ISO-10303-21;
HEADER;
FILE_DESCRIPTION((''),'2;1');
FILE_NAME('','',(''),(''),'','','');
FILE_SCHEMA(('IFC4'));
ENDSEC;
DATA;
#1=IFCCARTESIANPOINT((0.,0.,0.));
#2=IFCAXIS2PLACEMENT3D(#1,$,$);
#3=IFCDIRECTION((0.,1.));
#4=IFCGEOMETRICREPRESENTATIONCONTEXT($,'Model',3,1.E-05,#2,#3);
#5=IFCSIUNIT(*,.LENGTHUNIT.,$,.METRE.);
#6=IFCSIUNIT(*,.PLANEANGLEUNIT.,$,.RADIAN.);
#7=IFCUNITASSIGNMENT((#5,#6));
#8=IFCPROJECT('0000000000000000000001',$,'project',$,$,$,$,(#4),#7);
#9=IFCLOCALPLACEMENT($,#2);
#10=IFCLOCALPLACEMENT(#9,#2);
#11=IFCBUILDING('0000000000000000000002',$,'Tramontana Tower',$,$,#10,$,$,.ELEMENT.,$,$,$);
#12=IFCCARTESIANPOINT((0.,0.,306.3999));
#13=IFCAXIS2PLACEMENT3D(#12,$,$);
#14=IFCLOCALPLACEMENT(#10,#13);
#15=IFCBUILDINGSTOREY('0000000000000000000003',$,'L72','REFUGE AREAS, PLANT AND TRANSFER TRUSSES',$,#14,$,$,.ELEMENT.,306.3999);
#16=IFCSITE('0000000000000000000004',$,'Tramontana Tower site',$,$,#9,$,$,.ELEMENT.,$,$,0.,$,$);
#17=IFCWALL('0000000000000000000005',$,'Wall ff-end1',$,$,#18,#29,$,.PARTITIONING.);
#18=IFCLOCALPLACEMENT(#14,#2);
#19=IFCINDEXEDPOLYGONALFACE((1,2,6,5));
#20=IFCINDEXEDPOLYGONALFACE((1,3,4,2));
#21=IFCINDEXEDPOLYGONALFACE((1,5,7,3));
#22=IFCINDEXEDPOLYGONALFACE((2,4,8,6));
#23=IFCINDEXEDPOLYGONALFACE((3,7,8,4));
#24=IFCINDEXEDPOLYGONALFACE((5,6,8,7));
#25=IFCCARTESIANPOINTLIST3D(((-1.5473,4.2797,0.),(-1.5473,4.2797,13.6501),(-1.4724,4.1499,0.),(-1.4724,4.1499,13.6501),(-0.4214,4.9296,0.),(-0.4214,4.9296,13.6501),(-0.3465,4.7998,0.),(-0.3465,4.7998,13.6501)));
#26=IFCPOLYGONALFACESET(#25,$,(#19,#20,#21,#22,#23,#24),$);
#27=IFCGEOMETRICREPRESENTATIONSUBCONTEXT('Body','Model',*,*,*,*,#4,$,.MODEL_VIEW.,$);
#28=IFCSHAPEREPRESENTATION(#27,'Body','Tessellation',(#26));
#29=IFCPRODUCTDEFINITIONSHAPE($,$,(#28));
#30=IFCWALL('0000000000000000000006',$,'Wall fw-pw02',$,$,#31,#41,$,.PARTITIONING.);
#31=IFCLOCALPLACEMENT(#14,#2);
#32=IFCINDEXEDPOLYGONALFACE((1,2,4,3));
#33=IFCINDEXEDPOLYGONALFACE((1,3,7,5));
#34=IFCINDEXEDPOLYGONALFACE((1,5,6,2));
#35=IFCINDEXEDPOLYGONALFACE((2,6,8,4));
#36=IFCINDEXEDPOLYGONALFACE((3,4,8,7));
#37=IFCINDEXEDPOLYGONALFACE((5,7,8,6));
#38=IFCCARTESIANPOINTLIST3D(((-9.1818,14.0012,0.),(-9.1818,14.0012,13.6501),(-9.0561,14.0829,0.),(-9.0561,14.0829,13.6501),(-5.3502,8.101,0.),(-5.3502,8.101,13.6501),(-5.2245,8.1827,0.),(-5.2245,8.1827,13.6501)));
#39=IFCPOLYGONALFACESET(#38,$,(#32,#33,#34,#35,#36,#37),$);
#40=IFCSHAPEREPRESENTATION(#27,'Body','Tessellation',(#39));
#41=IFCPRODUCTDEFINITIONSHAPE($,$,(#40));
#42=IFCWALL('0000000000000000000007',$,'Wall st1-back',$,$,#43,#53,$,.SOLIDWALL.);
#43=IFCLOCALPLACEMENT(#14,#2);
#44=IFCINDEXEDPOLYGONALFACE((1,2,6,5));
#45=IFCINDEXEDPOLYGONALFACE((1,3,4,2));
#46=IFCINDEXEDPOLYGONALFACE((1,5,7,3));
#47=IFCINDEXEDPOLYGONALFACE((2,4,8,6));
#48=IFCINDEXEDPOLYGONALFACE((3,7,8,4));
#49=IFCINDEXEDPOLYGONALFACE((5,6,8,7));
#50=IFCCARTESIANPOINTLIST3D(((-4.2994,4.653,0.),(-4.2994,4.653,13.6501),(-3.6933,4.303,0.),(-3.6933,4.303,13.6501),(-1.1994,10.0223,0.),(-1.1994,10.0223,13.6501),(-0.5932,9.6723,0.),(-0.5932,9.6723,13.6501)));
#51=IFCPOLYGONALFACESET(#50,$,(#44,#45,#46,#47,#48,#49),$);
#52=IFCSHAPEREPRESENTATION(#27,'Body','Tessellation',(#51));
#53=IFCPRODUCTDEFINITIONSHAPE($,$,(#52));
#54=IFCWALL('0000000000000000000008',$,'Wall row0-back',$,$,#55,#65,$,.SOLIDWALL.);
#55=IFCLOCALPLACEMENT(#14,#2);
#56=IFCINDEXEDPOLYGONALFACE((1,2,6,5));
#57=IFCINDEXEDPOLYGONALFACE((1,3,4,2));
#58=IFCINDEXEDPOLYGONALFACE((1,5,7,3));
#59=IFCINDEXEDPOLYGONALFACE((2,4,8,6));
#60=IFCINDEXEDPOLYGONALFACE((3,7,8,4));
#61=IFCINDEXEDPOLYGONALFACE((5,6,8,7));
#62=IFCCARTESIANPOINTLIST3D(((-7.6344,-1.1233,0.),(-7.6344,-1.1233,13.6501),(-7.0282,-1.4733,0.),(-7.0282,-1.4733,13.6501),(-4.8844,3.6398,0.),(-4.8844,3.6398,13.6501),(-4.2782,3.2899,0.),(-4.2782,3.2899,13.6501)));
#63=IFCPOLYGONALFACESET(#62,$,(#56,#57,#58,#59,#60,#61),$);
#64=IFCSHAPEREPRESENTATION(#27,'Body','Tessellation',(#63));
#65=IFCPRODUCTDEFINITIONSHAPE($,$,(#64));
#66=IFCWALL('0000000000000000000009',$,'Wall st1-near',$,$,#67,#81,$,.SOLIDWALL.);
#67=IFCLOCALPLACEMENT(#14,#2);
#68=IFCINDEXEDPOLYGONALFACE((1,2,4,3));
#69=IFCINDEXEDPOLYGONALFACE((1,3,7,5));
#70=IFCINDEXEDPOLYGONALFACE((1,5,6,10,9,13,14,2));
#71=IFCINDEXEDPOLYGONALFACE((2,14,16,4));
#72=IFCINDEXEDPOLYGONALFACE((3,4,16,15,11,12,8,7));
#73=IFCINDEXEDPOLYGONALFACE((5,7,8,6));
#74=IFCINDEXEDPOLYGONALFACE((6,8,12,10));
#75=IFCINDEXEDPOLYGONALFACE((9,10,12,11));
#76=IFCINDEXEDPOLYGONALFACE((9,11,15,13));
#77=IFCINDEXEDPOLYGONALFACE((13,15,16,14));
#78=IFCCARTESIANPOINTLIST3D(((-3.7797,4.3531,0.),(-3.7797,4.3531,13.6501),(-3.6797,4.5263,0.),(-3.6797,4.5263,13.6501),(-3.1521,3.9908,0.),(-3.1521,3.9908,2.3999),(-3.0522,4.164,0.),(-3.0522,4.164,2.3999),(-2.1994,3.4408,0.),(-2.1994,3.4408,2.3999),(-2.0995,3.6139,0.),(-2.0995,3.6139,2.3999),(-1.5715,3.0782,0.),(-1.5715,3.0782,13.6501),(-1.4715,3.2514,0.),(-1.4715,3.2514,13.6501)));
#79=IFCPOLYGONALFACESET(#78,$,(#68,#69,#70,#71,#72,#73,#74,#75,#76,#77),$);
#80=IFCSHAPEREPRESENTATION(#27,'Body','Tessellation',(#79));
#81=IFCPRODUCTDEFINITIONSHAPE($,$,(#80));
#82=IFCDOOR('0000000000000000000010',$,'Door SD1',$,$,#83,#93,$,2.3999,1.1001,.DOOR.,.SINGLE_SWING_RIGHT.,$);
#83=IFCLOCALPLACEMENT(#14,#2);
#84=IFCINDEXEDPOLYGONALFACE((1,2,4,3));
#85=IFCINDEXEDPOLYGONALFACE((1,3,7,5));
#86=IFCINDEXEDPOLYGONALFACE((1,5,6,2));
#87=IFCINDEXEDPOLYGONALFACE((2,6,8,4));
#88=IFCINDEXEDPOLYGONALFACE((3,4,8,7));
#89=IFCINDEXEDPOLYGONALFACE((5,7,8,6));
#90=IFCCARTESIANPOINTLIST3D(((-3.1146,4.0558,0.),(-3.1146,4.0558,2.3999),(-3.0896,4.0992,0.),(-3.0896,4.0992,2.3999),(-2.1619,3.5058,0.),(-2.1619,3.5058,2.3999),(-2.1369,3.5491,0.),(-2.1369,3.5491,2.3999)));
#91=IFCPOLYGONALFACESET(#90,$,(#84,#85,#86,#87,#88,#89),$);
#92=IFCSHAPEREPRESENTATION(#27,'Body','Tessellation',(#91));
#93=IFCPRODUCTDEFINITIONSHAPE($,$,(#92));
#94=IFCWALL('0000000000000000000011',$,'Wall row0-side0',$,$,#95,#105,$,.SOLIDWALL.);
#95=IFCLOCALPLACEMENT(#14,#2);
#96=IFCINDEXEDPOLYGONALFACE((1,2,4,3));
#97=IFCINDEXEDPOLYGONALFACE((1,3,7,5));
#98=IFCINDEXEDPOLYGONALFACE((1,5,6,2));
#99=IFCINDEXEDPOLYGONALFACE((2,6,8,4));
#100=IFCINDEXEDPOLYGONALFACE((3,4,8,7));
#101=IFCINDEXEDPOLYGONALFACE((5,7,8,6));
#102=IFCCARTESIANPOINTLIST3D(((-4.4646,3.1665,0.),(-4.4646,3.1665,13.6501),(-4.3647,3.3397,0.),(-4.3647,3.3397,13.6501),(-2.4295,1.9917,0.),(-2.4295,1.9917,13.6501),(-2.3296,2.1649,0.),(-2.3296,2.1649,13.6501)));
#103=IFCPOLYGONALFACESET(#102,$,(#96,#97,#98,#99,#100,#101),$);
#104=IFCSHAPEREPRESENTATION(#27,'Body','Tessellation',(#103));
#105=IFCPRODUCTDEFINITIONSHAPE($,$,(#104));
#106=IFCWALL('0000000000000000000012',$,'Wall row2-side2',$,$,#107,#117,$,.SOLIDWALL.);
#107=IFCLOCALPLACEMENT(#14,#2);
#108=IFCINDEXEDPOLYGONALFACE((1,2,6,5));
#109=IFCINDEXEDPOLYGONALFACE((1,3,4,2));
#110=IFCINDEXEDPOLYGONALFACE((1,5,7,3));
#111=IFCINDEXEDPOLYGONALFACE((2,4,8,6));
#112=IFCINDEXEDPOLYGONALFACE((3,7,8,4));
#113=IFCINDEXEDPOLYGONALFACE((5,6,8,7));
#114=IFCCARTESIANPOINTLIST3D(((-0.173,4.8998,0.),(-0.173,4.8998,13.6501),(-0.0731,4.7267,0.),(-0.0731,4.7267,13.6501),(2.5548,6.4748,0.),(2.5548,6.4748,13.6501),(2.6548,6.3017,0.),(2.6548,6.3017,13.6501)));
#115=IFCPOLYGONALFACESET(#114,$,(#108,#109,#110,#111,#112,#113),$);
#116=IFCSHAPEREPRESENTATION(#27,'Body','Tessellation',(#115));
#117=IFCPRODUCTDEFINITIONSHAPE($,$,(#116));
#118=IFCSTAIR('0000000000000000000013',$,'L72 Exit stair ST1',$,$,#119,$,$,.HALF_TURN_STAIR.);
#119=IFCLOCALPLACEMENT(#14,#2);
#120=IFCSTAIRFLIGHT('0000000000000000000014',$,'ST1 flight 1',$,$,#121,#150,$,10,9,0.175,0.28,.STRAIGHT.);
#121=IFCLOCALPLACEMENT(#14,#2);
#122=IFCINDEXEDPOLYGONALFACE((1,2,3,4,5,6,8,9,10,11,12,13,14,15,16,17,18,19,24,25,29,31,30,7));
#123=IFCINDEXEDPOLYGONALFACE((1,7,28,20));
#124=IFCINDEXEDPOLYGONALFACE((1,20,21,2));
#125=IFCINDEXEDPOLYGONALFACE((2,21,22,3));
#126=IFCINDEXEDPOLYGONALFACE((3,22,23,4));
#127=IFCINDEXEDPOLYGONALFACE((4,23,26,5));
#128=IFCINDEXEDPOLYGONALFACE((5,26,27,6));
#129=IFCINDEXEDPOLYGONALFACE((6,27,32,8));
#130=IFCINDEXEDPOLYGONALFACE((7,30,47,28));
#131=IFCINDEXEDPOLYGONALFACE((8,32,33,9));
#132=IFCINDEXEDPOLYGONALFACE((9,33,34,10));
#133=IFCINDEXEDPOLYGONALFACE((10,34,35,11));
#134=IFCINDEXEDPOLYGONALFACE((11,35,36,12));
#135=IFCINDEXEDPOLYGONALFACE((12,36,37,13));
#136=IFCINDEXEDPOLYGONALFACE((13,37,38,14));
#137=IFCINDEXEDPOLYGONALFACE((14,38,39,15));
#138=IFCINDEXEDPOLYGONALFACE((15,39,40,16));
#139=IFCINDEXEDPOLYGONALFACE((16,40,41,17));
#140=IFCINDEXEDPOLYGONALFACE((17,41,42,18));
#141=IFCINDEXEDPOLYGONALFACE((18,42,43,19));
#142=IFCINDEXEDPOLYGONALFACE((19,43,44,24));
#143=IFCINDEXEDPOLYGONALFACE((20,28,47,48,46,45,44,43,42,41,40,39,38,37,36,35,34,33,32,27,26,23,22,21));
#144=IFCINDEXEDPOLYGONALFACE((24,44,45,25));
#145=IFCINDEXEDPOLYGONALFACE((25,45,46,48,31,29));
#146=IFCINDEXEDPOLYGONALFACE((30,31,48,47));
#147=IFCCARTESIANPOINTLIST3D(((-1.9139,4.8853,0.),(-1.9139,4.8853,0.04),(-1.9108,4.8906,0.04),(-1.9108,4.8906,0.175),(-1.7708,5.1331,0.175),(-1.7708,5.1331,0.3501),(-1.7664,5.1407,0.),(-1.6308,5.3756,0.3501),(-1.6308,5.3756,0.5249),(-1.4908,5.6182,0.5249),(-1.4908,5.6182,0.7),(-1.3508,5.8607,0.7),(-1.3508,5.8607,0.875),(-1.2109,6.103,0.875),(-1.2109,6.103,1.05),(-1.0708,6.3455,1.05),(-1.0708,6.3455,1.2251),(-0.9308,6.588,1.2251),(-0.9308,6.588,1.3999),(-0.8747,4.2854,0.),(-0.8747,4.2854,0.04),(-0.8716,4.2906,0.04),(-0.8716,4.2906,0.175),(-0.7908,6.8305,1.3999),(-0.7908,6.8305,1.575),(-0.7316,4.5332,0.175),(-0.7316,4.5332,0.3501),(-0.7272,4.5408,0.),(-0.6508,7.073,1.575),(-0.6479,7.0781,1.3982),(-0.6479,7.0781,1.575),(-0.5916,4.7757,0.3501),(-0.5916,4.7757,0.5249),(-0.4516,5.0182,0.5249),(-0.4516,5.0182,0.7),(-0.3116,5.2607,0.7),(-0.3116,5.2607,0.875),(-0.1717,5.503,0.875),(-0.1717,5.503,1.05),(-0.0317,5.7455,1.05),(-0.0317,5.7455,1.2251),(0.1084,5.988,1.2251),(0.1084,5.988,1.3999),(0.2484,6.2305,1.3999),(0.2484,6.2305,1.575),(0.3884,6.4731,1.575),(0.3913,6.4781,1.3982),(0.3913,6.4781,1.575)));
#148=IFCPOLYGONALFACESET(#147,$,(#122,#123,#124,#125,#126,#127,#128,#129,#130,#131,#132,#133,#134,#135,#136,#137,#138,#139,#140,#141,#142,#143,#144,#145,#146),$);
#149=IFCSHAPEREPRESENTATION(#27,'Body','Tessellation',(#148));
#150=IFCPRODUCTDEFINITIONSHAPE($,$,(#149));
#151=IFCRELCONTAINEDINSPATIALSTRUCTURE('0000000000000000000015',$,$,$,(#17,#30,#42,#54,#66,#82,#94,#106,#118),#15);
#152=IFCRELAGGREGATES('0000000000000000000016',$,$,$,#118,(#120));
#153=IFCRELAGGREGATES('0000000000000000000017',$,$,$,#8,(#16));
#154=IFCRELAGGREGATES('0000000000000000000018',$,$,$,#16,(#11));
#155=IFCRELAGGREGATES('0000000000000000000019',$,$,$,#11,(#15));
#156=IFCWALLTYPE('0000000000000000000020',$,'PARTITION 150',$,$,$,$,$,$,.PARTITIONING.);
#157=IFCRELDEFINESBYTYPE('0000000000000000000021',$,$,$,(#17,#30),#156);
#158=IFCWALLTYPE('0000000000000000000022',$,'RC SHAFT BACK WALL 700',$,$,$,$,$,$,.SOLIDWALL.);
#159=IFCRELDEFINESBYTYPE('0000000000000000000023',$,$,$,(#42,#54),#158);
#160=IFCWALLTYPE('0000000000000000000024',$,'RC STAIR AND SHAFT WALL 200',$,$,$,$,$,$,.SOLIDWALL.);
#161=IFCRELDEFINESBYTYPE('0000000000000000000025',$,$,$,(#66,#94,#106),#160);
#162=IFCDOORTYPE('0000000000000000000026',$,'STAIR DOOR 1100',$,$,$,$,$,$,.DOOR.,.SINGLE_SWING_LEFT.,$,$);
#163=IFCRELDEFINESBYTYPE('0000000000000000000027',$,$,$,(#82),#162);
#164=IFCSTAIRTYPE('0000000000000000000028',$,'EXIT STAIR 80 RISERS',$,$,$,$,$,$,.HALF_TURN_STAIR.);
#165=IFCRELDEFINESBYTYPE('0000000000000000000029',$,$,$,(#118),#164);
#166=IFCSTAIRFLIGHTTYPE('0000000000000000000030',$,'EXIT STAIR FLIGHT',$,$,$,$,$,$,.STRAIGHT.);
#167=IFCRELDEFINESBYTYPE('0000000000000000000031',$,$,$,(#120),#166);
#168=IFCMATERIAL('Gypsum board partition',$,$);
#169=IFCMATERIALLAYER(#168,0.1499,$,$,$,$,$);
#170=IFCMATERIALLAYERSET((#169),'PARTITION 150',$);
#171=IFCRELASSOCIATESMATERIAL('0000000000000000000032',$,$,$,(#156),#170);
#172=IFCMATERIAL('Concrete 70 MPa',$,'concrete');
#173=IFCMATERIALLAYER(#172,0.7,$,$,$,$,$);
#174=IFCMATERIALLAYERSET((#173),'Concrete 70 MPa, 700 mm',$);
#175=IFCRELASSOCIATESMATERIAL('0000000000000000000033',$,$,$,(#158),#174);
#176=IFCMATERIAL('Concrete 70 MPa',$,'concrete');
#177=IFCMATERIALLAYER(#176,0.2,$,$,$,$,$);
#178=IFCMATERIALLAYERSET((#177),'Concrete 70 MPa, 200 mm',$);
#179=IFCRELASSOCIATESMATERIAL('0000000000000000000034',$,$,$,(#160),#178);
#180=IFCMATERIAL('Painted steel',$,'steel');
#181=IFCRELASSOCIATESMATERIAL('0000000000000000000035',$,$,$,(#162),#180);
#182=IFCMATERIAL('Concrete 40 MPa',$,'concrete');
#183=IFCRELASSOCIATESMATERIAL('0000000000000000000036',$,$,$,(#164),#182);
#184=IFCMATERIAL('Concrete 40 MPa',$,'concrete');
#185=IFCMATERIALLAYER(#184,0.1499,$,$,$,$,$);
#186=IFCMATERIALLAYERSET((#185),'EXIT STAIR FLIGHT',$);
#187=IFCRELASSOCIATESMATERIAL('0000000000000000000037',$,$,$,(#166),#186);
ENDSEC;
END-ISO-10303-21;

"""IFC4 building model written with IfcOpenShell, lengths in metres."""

from ifc_helpers import new_model, si_unit, direction, frame, frame_2d, origin, place, context, subcontext, project, spatial, polyline, rectangle, outline, extrude, material, layer, layer_set, type_object, element, fill, aggregate, save


model = new_model("IFC4")

# Units and contexts
model_context = context("Model", 3, precision=1e-05, world=origin(), true_north=direction((0.0, 1.0)))
body_context = subcontext(model_context, "Body", "Model", "MODEL_VIEW")
ifc_project = project(units=[si_unit("LENGTHUNIT", "METRE"), si_unit("PLANEANGLEUNIT", "RADIAN")], contexts=[model_context])

# Site, building, storey
site_placement = place(None, origin())
site = spatial("IfcSite", under=ifc_project, at=site_placement, Name="Tramontana Tower site", CompositionType="ELEMENT", RefElevation=0.0)
building_placement = place(site_placement, origin())
building = spatial("IfcBuilding", under=site, at=building_placement, Name="Tramontana Tower", CompositionType="ELEMENT")
storey_placement = place(building_placement, frame((0.0, 0.0, 306.3999)))
storey = spatial("IfcBuildingStorey", under=building, at=storey_placement, Name="L72", Description="REFUGE AREAS, PLANT AND TRANSFER TRUSSES", CompositionType="ELEMENT", Elevation=306.3999)

# Walls
ifc_material_1 = material(Name="Gypsum board partition")
ifc_layer_1 = layer(ifc_material_1, 0.1499)
ifc_layer_set_1 = layer_set([ifc_layer_1], Name="PARTITION 150")
wall_type_1 = type_object("IfcWallType", Name="PARTITION 150", PredefinedType="PARTITIONING", material=ifc_layer_set_1)
wall_1_placement = place(storey_placement, frame((-1.5098, 4.2148, 0.0), z_axis=(0.0, 0.0, 1.0), x_axis=(0.866086, 0.499896, 0.0)))
element("IfcWall", 1, at=wall_1_placement, inside=storey, type_object=wall_type_1, Name="Wall ff-end1", PredefinedType="PARTITIONING", context=body_context, shape_type="SweptSolid", body=[
    extrude(rectangle(XDim=1.3, YDim=0.1499, at=frame_2d((0.6499, 0.0))), origin(), (0.0, 0.0, 1.0), 13.6501),
])
wall_2_placement = place(storey_placement, frame((-5.2874, 8.1418, 0.0), z_axis=(0.0, 0.0, 1.0), x_axis=(-0.544633, 0.838674, 0.0)))
element("IfcWall", 2, at=wall_2_placement, inside=storey, type_object=wall_type_1, Name="Wall fw-pw02", PredefinedType="PARTITIONING", context=body_context, shape_type="SweptSolid", body=[
    extrude(rectangle(XDim=7.0352, YDim=0.1499, at=frame_2d((3.5176, 0.0))), origin(), (0.0, 0.0, 1.0), 13.6501),
])
ifc_material_2 = material(Name="Concrete 70 MPa", Category="concrete")
ifc_layer_2 = layer(ifc_material_2, 0.7)
ifc_layer_set_2 = layer_set([ifc_layer_2], Name="Concrete 70 MPa, 700 mm")
wall_type_2 = type_object("IfcWallType", Name="RC SHAFT BACK WALL 700", PredefinedType="SOLIDWALL", material=ifc_layer_set_2)
wall_3_placement = place(storey_placement, frame((-0.8962, 9.8474, 0.0), z_axis=(0.0, 0.0, 1.0), x_axis=(-0.50001, -0.86602, 0.0)))
element("IfcWall", 3, at=wall_3_placement, inside=storey, type_object=wall_type_2, Name="Wall st1-back", PredefinedType="SOLIDWALL", context=body_context, shape_type="SweptSolid", body=[
    extrude(rectangle(XDim=6.2, YDim=0.7, at=frame_2d((3.1001, 0.0))), origin(), (0.0, 0.0, 1.0), 13.6501),
])
wall_4_placement = place(storey_placement, frame((-4.5813, 3.4648, 0.0), z_axis=(0.0, 0.0, 1.0), x_axis=(-0.499997, -0.866027, 0.0)))
element("IfcWall", 4, at=wall_4_placement, inside=storey, type_object=wall_type_2, Name="Wall row0-back", PredefinedType="SOLIDWALL", context=body_context, shape_type="SweptSolid", body=[
    extrude(rectangle(XDim=5.5, YDim=0.7, at=frame_2d((2.75, 0.0))), origin(), (0.0, 0.0, 1.0), 13.6501),
])

# Wall, opening, door
ifc_material_3 = material(Name="Concrete 70 MPa", Category="concrete")
ifc_layer_3 = layer(ifc_material_3, 0.2)
ifc_layer_set_3 = layer_set([ifc_layer_3], Name="Concrete 70 MPa, 200 mm")
wall_type_3 = type_object("IfcWallType", Name="RC STAIR AND SHAFT WALL 200", PredefinedType="SOLIDWALL", material=ifc_layer_set_3)
wall_5_placement = place(storey_placement, frame((-1.5215, 3.1648, 0.0), z_axis=(0.0, 0.0, 1.0), x_axis=(-0.866031, 0.49999, 0.0)))
wall_5 = element("IfcWall", 5, at=wall_5_placement, inside=storey, type_object=wall_type_3, Name="Wall st1-near", PredefinedType="SOLIDWALL", context=body_context, shape_type="SweptSolid", body=[
    extrude(rectangle(XDim=2.5498, YDim=0.2, at=frame_2d((1.2749, 0.0))), origin(), (0.0, 0.0, 1.0), 13.6501),
])
opening_1_placement = place(wall_5_placement, frame((0.7251, 0.0, 0.0)))
opening_1 = element("IfcOpeningElement", 6, at=opening_1_placement, cuts=wall_5, PredefinedType="OPENING", context=body_context, shape_type="SweptSolid", body=[
    extrude(rectangle(XDim=1.1001, YDim=2.3999, at=frame_2d((0.55, 1.2))), frame((0.0, 0.1099, 0.0), z_axis=(0.0, -1.0, 0.0), x_axis=(1.0, 0.0, 0.0)), (0.0, 0.0, 1.0), 0.22),
])
ifc_material_4 = material(Name="Painted steel", Category="steel")
door_type_1 = type_object("IfcDoorType", Name="STAIR DOOR 1100", OperationType="SINGLE_SWING_LEFT", PredefinedType="DOOR", material=ifc_material_4)
door_1_placement = place(opening_1_placement, origin())
door_1 = element("IfcDoor", 7, at=door_1_placement, inside=storey, type_object=door_type_1, Name="Door SD1", OperationType="SINGLE_SWING_RIGHT", OverallHeight=2.3999, OverallWidth=1.1001, PredefinedType="DOOR", context=body_context, shape_type="SweptSolid", body=[
    extrude(rectangle(XDim=1.1001, YDim=2.3999, at=frame_2d((0.55, 1.2))), frame((0.0, 0.0249, 0.0), z_axis=(0.0, -1.0, 0.0), x_axis=(1.0, 0.0, 0.0)), (0.0, 0.0, 1.0), 0.05),
])
fill(opening_1, door_1)

# Walls
wall_6_placement = place(storey_placement, frame((-2.3796, 2.0784, 0.0), z_axis=(0.0, 0.0, 1.0), x_axis=(-0.866061, 0.499938, 0.0)))
element("IfcWall", 8, at=wall_6_placement, inside=storey, type_object=wall_type_3, Name="Wall row0-side0", PredefinedType="SOLIDWALL", context=body_context, shape_type="SweptSolid", body=[
    extrude(rectangle(XDim=2.3499, YDim=0.2, at=frame_2d((1.1748, 0.0))), origin(), (0.0, 0.0, 1.0), 13.6501),
])
wall_7_placement = place(storey_placement, frame((-0.123, 4.8132, 0.0), z_axis=(0.0, 0.0, 1.0), x_axis=(0.866016, 0.500015, 0.0)))
element("IfcWall", 9, at=wall_7_placement, inside=storey, type_object=wall_type_3, Name="Wall row2-side2", PredefinedType="SOLIDWALL", context=body_context, shape_type="SweptSolid", body=[
    extrude(rectangle(XDim=3.1499, YDim=0.2, at=frame_2d((1.575, 0.0))), origin(), (0.0, 0.0, 1.0), 13.6501),
])

# Stair, stair flight
ifc_material_5 = material(Name="Concrete 40 MPa", Category="concrete")
stair_type = type_object("IfcStairType", Name="EXIT STAIR 80 RISERS", PredefinedType="HALF_TURN_STAIR", material=ifc_material_5)
stair_placement = place(storey_placement, origin())
stair = element("IfcStair", 10, at=stair_placement, inside=storey, type_object=stair_type, Name="L72 Exit stair ST1", PredefinedType="HALF_TURN_STAIR")
ifc_material_6 = material(Name="Concrete 40 MPa", Category="concrete")
ifc_layer_4 = layer(ifc_material_6, 0.1499)
ifc_layer_set_4 = layer_set([ifc_layer_4], Name="EXIT STAIR FLIGHT")
stair_flight_type = type_object("IfcStairFlightType", Name="EXIT STAIR FLIGHT", PredefinedType="STRAIGHT", material=ifc_layer_set_4)
stair_flight_1_placement = place(storey_placement, frame((-1.3911, 4.5906, 0.0), z_axis=(0.0, 0.0, 1.0), x_axis=(0.5, 0.866025, 0.0)))
stair_flight_1 = element("IfcStairFlight", 11, at=stair_flight_1_placement, type_object=stair_flight_type, Name="ST1 flight 1", NumberOfRisers=10, NumberOfTreads=9, PredefinedType="STRAIGHT", RiserHeight=0.175, TreadLength=0.28, context=body_context, shape_type="SweptSolid", body=[
    extrude(outline(polyline([(-0.0061, 0.0), (-0.0061, 0.04), (0.0, 0.04), (0.0, 0.175), (0.28, 0.175), (0.28, 0.3501), (0.5601, 0.3501), (0.5601, 0.5249), (0.8401, 0.5249), (0.8401, 0.7), (1.1201, 0.7), (1.1201, 0.875), (1.3999, 0.875), (1.3999, 1.05), (1.6799, 1.05), (1.6799, 1.2251), (1.96, 1.2251), (1.96, 1.3999), (2.24, 1.3999), (2.24, 1.575), (2.52, 1.575), (2.5259, 1.575), (2.5259, 1.3982), (0.2888, 0.0), (-0.0061, 0.0)])), frame((0.0, 0.6001, 0.0), z_axis=(0.0, -1.0, 0.0), x_axis=(1.0, 0.0, 0.0)), (0.0, 0.0, 1.0), 1.2),
])
aggregate(stair, [stair_flight_1])

save(model, "model.ifc")
